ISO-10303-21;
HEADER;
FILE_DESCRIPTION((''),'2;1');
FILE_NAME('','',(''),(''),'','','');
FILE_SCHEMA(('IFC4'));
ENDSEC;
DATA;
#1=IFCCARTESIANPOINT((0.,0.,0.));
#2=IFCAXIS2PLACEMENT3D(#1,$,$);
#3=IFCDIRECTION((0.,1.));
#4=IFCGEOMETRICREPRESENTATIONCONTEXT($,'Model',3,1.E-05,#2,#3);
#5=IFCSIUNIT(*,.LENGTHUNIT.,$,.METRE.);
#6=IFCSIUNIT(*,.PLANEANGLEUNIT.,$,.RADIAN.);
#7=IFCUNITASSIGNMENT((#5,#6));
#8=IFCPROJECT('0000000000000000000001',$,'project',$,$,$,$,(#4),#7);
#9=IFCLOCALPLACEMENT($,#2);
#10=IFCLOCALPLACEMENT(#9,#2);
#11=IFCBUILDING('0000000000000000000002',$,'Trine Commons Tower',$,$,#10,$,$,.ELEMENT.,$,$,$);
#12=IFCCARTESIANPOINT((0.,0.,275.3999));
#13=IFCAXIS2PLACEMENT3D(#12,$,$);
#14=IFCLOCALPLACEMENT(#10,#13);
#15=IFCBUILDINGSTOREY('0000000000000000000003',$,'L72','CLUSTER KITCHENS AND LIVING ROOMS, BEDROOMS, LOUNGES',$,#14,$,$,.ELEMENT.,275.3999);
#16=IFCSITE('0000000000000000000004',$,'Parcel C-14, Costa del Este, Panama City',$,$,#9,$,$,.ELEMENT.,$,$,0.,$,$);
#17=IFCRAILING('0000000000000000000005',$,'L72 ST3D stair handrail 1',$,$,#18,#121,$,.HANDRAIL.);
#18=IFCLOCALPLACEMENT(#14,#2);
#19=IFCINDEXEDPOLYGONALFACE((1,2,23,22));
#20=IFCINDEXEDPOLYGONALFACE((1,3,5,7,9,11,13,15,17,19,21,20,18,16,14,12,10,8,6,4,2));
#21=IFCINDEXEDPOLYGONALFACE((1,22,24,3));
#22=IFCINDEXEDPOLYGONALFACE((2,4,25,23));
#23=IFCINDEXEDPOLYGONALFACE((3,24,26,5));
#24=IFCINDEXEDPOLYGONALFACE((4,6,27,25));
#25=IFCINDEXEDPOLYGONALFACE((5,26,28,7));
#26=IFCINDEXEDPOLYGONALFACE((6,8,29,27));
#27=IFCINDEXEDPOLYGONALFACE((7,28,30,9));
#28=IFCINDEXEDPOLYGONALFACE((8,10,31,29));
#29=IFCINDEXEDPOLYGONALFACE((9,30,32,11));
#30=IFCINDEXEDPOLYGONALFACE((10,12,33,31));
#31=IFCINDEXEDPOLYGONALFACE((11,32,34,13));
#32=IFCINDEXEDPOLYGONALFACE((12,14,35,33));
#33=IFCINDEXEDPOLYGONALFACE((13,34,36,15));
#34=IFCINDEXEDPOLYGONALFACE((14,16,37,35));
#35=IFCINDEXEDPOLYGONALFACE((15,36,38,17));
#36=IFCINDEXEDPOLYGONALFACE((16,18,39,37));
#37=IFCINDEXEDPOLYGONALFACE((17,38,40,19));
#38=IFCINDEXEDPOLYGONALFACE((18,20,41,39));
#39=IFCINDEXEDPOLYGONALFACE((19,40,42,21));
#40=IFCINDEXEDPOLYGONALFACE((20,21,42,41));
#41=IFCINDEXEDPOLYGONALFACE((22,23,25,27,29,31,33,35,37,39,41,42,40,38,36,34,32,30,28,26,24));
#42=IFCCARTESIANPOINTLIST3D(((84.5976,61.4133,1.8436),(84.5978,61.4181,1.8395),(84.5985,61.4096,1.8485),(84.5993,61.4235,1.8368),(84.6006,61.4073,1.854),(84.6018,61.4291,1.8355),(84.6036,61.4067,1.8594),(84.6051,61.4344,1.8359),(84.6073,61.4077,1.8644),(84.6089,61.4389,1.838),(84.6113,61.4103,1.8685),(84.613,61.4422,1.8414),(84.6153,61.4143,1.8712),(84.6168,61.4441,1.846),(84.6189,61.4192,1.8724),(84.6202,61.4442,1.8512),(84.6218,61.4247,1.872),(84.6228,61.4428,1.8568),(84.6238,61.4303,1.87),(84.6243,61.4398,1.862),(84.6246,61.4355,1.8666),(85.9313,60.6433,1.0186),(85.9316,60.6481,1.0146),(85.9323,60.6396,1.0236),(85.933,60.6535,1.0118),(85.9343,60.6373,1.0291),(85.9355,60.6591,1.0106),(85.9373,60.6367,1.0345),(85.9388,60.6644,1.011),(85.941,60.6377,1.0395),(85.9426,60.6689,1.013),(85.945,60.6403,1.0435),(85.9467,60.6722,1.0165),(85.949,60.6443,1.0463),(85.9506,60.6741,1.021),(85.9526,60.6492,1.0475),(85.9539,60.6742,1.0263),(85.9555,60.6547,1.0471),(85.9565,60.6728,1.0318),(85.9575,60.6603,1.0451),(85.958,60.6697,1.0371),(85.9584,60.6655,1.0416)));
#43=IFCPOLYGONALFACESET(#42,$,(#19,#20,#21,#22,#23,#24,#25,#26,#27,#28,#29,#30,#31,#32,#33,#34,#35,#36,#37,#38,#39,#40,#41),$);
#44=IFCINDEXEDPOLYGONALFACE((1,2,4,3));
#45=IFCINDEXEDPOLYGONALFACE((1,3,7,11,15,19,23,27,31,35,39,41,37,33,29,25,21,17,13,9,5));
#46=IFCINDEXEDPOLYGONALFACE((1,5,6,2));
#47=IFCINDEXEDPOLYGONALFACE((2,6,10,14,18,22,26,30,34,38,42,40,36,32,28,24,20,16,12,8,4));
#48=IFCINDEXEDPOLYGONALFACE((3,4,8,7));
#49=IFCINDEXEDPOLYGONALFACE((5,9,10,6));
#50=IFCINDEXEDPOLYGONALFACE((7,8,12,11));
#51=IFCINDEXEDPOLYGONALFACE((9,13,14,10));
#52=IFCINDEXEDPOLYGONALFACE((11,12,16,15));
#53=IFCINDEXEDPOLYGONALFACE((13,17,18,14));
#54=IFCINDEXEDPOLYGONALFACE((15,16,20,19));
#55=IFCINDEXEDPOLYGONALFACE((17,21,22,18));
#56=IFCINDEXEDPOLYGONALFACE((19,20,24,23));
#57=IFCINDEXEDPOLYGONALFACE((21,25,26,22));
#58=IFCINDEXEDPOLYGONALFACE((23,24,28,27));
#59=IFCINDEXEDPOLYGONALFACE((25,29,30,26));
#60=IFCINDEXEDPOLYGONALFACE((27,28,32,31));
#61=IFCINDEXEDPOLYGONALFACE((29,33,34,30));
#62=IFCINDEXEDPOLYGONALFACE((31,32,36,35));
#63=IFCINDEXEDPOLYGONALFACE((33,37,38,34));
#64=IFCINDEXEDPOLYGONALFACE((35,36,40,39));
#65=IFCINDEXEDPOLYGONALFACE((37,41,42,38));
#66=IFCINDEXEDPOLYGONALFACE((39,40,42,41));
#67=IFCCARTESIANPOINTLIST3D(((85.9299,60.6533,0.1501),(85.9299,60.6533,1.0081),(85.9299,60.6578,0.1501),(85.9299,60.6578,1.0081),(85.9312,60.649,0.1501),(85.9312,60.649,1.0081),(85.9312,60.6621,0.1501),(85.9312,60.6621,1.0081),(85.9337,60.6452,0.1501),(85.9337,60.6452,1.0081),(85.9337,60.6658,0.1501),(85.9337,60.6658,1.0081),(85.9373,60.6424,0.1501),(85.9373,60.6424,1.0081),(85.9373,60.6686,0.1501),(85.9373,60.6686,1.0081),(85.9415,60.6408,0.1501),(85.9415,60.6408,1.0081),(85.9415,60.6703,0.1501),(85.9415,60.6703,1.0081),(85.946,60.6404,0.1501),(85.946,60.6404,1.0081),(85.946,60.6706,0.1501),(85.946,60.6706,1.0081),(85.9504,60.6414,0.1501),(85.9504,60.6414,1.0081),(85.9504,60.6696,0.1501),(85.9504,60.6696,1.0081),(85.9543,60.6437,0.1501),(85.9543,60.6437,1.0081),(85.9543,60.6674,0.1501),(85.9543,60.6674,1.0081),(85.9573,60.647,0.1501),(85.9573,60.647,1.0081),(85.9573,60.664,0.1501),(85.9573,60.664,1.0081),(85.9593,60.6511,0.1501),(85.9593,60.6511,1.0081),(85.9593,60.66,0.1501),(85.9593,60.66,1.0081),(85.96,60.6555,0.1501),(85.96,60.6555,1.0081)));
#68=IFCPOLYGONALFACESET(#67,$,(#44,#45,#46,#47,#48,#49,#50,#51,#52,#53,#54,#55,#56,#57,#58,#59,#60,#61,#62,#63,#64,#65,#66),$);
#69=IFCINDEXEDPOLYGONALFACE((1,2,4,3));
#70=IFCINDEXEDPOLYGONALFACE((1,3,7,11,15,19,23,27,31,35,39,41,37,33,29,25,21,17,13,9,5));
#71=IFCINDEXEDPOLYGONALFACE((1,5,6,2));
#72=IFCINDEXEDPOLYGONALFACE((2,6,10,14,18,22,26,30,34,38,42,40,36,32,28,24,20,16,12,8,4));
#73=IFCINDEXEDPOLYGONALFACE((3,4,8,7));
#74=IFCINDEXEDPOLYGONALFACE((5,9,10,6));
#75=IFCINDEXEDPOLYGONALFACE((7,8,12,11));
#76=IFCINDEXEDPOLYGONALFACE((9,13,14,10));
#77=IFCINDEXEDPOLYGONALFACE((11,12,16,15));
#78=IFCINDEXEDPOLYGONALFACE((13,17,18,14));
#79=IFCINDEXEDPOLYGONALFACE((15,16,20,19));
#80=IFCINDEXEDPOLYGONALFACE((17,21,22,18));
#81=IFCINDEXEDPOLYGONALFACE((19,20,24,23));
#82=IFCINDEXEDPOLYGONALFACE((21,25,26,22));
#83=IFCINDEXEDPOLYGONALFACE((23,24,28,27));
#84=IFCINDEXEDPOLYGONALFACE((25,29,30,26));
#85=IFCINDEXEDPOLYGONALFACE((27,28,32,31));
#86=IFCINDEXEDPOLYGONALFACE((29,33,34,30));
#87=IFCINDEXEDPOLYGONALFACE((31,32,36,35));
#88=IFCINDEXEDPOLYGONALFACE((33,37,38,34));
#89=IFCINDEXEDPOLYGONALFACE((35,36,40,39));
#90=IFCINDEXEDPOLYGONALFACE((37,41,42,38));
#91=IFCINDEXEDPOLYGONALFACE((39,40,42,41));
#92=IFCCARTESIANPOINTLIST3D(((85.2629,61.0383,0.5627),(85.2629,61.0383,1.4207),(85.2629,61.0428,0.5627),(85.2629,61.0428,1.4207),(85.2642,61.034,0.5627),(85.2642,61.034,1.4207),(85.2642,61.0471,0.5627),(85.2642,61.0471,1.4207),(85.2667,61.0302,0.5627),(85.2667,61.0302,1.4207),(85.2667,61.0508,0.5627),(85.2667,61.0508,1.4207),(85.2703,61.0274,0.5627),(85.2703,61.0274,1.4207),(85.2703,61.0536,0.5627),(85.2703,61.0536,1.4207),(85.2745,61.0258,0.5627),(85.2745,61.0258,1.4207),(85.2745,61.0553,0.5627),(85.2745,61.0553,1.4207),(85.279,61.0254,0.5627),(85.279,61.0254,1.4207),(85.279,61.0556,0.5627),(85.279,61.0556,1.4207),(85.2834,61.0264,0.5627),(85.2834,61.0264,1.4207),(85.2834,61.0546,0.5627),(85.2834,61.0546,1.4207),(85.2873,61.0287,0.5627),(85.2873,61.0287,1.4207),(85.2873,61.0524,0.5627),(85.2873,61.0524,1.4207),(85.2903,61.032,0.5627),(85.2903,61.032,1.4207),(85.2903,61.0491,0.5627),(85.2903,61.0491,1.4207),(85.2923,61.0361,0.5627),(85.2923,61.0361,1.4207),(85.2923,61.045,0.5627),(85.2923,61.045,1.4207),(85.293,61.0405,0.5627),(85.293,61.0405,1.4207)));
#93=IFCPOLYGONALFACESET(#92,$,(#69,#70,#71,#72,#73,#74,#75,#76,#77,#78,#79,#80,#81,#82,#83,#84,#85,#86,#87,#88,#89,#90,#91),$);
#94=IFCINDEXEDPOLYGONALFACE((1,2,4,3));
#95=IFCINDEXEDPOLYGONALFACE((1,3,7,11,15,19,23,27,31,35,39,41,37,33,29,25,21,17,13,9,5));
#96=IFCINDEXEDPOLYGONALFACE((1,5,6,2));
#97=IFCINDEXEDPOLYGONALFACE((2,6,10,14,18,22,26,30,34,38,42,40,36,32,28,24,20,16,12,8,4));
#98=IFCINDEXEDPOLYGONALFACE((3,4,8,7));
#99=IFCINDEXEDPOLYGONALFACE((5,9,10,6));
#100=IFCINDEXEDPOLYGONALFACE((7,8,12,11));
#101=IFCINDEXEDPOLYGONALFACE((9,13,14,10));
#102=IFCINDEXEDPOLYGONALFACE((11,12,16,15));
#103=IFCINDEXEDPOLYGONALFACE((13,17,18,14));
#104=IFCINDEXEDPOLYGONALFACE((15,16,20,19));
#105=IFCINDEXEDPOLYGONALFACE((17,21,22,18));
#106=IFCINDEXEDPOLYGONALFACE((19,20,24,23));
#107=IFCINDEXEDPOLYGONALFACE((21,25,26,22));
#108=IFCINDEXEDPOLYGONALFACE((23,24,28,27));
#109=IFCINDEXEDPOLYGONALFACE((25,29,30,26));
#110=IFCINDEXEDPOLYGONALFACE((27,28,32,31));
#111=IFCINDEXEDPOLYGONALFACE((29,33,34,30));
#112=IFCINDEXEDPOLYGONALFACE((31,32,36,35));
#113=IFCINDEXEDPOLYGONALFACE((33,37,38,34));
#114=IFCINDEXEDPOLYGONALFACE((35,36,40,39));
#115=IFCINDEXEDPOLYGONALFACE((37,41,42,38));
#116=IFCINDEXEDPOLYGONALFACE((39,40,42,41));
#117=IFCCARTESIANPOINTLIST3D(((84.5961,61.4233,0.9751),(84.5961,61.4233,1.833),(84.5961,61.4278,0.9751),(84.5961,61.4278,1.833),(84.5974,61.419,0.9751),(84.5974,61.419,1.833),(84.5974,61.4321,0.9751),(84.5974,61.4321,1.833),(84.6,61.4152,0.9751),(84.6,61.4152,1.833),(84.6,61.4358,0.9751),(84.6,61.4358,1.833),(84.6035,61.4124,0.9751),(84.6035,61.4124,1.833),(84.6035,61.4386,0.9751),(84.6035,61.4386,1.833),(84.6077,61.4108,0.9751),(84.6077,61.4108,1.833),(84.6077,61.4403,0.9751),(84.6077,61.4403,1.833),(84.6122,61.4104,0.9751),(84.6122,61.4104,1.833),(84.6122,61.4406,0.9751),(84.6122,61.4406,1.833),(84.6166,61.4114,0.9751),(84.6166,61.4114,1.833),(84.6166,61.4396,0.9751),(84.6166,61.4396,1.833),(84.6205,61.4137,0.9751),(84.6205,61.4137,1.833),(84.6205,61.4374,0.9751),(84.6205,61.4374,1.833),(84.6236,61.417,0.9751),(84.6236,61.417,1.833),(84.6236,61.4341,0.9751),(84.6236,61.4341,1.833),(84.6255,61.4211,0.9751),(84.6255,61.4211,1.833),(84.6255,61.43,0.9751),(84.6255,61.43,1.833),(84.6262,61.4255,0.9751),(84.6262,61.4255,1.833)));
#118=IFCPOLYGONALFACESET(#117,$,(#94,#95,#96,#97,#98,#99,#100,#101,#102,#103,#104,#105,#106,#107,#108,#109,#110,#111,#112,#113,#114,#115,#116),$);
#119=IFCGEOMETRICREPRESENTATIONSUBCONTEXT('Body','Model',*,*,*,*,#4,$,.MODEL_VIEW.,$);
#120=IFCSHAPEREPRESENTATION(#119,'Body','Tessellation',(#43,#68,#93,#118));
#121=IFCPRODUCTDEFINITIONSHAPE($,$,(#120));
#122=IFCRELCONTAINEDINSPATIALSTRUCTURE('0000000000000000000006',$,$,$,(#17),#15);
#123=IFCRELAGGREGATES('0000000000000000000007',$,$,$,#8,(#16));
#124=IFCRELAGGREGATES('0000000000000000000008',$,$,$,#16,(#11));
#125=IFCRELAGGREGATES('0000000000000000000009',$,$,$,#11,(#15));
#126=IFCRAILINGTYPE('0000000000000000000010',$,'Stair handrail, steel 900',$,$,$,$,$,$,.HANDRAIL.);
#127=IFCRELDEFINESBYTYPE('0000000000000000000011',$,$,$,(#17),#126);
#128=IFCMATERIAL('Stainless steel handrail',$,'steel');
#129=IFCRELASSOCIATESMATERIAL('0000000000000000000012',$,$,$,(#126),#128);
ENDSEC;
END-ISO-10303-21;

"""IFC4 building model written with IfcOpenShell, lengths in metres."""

from ifc_helpers import new_model, si_unit, direction, frame, origin, origin_2d, place, context, subcontext, project, spatial, circle, extrude, material, type_object, element, save


model = new_model("IFC4")

# Units and contexts
model_context = context("Model", 3, precision=1e-05, world=origin(), true_north=direction((0.0, 1.0)))
body_context = subcontext(model_context, "Body", "Model", "MODEL_VIEW")
ifc_project = project(units=[si_unit("LENGTHUNIT", "METRE"), si_unit("PLANEANGLEUNIT", "RADIAN")], contexts=[model_context])

# Site, building, storey
site_placement = place(None, origin())
site = spatial("IfcSite", under=ifc_project, at=site_placement, Name="Parcel C-14, Costa del Este, Panama City", CompositionType="ELEMENT", RefElevation=0.0)
building_placement = place(site_placement, origin())
building = spatial("IfcBuilding", under=site, at=building_placement, Name="Trine Commons Tower", CompositionType="ELEMENT")
storey_placement = place(building_placement, frame((0.0, 0.0, 275.3999)))
storey = spatial("IfcBuildingStorey", under=building, at=storey_placement, Name="L72", Description="CLUSTER KITCHENS AND LIVING ROOMS, BEDROOMS, LOUNGES", CompositionType="ELEMENT", Elevation=275.3999)

# Railing
ifc_material_1 = material(Name="Stainless steel handrail", Category="steel")
railing_type_1 = type_object("IfcRailingType", Name="Stair handrail, steel 900", PredefinedType="HANDRAIL", material=ifc_material_1)
for number, where, name in (
    (1, (85.9448, 60.6555, 0.1501), "L72 ST3D stair handrail 1"),
):
    element("IfcRailing", number, at=place(storey_placement, frame(where)), inside=storey, type_object=railing_type_1, Name=name, PredefinedType="HANDRAIL", context=body_context, shape_type="SweptSolid", body=[
        extrude(circle(Radius=0.021, at=origin_2d()), frame((0.0, 0.0, 0.8789), z_axis=(-0.763405, 0.440743, 0.472185), x_axis=(-0.499992, -0.86603, 0.0)), (0.0, 0.0, 1.0), 1.7471),
        extrude(circle(Radius=0.0151, at=origin_2d()), origin(), (0.0, 0.0, 1.0), 0.8579),
        extrude(circle(Radius=0.0151, at=origin_2d()), frame((-0.667, 0.385, 0.4126)), (0.0, 0.0, 1.0), 0.8579),
        extrude(circle(Radius=0.0151, at=origin_2d()), frame((-1.3337, 0.77, 0.825)), (0.0, 0.0, 1.0), 0.8579),
    ])

save(model, "model.ifc")
